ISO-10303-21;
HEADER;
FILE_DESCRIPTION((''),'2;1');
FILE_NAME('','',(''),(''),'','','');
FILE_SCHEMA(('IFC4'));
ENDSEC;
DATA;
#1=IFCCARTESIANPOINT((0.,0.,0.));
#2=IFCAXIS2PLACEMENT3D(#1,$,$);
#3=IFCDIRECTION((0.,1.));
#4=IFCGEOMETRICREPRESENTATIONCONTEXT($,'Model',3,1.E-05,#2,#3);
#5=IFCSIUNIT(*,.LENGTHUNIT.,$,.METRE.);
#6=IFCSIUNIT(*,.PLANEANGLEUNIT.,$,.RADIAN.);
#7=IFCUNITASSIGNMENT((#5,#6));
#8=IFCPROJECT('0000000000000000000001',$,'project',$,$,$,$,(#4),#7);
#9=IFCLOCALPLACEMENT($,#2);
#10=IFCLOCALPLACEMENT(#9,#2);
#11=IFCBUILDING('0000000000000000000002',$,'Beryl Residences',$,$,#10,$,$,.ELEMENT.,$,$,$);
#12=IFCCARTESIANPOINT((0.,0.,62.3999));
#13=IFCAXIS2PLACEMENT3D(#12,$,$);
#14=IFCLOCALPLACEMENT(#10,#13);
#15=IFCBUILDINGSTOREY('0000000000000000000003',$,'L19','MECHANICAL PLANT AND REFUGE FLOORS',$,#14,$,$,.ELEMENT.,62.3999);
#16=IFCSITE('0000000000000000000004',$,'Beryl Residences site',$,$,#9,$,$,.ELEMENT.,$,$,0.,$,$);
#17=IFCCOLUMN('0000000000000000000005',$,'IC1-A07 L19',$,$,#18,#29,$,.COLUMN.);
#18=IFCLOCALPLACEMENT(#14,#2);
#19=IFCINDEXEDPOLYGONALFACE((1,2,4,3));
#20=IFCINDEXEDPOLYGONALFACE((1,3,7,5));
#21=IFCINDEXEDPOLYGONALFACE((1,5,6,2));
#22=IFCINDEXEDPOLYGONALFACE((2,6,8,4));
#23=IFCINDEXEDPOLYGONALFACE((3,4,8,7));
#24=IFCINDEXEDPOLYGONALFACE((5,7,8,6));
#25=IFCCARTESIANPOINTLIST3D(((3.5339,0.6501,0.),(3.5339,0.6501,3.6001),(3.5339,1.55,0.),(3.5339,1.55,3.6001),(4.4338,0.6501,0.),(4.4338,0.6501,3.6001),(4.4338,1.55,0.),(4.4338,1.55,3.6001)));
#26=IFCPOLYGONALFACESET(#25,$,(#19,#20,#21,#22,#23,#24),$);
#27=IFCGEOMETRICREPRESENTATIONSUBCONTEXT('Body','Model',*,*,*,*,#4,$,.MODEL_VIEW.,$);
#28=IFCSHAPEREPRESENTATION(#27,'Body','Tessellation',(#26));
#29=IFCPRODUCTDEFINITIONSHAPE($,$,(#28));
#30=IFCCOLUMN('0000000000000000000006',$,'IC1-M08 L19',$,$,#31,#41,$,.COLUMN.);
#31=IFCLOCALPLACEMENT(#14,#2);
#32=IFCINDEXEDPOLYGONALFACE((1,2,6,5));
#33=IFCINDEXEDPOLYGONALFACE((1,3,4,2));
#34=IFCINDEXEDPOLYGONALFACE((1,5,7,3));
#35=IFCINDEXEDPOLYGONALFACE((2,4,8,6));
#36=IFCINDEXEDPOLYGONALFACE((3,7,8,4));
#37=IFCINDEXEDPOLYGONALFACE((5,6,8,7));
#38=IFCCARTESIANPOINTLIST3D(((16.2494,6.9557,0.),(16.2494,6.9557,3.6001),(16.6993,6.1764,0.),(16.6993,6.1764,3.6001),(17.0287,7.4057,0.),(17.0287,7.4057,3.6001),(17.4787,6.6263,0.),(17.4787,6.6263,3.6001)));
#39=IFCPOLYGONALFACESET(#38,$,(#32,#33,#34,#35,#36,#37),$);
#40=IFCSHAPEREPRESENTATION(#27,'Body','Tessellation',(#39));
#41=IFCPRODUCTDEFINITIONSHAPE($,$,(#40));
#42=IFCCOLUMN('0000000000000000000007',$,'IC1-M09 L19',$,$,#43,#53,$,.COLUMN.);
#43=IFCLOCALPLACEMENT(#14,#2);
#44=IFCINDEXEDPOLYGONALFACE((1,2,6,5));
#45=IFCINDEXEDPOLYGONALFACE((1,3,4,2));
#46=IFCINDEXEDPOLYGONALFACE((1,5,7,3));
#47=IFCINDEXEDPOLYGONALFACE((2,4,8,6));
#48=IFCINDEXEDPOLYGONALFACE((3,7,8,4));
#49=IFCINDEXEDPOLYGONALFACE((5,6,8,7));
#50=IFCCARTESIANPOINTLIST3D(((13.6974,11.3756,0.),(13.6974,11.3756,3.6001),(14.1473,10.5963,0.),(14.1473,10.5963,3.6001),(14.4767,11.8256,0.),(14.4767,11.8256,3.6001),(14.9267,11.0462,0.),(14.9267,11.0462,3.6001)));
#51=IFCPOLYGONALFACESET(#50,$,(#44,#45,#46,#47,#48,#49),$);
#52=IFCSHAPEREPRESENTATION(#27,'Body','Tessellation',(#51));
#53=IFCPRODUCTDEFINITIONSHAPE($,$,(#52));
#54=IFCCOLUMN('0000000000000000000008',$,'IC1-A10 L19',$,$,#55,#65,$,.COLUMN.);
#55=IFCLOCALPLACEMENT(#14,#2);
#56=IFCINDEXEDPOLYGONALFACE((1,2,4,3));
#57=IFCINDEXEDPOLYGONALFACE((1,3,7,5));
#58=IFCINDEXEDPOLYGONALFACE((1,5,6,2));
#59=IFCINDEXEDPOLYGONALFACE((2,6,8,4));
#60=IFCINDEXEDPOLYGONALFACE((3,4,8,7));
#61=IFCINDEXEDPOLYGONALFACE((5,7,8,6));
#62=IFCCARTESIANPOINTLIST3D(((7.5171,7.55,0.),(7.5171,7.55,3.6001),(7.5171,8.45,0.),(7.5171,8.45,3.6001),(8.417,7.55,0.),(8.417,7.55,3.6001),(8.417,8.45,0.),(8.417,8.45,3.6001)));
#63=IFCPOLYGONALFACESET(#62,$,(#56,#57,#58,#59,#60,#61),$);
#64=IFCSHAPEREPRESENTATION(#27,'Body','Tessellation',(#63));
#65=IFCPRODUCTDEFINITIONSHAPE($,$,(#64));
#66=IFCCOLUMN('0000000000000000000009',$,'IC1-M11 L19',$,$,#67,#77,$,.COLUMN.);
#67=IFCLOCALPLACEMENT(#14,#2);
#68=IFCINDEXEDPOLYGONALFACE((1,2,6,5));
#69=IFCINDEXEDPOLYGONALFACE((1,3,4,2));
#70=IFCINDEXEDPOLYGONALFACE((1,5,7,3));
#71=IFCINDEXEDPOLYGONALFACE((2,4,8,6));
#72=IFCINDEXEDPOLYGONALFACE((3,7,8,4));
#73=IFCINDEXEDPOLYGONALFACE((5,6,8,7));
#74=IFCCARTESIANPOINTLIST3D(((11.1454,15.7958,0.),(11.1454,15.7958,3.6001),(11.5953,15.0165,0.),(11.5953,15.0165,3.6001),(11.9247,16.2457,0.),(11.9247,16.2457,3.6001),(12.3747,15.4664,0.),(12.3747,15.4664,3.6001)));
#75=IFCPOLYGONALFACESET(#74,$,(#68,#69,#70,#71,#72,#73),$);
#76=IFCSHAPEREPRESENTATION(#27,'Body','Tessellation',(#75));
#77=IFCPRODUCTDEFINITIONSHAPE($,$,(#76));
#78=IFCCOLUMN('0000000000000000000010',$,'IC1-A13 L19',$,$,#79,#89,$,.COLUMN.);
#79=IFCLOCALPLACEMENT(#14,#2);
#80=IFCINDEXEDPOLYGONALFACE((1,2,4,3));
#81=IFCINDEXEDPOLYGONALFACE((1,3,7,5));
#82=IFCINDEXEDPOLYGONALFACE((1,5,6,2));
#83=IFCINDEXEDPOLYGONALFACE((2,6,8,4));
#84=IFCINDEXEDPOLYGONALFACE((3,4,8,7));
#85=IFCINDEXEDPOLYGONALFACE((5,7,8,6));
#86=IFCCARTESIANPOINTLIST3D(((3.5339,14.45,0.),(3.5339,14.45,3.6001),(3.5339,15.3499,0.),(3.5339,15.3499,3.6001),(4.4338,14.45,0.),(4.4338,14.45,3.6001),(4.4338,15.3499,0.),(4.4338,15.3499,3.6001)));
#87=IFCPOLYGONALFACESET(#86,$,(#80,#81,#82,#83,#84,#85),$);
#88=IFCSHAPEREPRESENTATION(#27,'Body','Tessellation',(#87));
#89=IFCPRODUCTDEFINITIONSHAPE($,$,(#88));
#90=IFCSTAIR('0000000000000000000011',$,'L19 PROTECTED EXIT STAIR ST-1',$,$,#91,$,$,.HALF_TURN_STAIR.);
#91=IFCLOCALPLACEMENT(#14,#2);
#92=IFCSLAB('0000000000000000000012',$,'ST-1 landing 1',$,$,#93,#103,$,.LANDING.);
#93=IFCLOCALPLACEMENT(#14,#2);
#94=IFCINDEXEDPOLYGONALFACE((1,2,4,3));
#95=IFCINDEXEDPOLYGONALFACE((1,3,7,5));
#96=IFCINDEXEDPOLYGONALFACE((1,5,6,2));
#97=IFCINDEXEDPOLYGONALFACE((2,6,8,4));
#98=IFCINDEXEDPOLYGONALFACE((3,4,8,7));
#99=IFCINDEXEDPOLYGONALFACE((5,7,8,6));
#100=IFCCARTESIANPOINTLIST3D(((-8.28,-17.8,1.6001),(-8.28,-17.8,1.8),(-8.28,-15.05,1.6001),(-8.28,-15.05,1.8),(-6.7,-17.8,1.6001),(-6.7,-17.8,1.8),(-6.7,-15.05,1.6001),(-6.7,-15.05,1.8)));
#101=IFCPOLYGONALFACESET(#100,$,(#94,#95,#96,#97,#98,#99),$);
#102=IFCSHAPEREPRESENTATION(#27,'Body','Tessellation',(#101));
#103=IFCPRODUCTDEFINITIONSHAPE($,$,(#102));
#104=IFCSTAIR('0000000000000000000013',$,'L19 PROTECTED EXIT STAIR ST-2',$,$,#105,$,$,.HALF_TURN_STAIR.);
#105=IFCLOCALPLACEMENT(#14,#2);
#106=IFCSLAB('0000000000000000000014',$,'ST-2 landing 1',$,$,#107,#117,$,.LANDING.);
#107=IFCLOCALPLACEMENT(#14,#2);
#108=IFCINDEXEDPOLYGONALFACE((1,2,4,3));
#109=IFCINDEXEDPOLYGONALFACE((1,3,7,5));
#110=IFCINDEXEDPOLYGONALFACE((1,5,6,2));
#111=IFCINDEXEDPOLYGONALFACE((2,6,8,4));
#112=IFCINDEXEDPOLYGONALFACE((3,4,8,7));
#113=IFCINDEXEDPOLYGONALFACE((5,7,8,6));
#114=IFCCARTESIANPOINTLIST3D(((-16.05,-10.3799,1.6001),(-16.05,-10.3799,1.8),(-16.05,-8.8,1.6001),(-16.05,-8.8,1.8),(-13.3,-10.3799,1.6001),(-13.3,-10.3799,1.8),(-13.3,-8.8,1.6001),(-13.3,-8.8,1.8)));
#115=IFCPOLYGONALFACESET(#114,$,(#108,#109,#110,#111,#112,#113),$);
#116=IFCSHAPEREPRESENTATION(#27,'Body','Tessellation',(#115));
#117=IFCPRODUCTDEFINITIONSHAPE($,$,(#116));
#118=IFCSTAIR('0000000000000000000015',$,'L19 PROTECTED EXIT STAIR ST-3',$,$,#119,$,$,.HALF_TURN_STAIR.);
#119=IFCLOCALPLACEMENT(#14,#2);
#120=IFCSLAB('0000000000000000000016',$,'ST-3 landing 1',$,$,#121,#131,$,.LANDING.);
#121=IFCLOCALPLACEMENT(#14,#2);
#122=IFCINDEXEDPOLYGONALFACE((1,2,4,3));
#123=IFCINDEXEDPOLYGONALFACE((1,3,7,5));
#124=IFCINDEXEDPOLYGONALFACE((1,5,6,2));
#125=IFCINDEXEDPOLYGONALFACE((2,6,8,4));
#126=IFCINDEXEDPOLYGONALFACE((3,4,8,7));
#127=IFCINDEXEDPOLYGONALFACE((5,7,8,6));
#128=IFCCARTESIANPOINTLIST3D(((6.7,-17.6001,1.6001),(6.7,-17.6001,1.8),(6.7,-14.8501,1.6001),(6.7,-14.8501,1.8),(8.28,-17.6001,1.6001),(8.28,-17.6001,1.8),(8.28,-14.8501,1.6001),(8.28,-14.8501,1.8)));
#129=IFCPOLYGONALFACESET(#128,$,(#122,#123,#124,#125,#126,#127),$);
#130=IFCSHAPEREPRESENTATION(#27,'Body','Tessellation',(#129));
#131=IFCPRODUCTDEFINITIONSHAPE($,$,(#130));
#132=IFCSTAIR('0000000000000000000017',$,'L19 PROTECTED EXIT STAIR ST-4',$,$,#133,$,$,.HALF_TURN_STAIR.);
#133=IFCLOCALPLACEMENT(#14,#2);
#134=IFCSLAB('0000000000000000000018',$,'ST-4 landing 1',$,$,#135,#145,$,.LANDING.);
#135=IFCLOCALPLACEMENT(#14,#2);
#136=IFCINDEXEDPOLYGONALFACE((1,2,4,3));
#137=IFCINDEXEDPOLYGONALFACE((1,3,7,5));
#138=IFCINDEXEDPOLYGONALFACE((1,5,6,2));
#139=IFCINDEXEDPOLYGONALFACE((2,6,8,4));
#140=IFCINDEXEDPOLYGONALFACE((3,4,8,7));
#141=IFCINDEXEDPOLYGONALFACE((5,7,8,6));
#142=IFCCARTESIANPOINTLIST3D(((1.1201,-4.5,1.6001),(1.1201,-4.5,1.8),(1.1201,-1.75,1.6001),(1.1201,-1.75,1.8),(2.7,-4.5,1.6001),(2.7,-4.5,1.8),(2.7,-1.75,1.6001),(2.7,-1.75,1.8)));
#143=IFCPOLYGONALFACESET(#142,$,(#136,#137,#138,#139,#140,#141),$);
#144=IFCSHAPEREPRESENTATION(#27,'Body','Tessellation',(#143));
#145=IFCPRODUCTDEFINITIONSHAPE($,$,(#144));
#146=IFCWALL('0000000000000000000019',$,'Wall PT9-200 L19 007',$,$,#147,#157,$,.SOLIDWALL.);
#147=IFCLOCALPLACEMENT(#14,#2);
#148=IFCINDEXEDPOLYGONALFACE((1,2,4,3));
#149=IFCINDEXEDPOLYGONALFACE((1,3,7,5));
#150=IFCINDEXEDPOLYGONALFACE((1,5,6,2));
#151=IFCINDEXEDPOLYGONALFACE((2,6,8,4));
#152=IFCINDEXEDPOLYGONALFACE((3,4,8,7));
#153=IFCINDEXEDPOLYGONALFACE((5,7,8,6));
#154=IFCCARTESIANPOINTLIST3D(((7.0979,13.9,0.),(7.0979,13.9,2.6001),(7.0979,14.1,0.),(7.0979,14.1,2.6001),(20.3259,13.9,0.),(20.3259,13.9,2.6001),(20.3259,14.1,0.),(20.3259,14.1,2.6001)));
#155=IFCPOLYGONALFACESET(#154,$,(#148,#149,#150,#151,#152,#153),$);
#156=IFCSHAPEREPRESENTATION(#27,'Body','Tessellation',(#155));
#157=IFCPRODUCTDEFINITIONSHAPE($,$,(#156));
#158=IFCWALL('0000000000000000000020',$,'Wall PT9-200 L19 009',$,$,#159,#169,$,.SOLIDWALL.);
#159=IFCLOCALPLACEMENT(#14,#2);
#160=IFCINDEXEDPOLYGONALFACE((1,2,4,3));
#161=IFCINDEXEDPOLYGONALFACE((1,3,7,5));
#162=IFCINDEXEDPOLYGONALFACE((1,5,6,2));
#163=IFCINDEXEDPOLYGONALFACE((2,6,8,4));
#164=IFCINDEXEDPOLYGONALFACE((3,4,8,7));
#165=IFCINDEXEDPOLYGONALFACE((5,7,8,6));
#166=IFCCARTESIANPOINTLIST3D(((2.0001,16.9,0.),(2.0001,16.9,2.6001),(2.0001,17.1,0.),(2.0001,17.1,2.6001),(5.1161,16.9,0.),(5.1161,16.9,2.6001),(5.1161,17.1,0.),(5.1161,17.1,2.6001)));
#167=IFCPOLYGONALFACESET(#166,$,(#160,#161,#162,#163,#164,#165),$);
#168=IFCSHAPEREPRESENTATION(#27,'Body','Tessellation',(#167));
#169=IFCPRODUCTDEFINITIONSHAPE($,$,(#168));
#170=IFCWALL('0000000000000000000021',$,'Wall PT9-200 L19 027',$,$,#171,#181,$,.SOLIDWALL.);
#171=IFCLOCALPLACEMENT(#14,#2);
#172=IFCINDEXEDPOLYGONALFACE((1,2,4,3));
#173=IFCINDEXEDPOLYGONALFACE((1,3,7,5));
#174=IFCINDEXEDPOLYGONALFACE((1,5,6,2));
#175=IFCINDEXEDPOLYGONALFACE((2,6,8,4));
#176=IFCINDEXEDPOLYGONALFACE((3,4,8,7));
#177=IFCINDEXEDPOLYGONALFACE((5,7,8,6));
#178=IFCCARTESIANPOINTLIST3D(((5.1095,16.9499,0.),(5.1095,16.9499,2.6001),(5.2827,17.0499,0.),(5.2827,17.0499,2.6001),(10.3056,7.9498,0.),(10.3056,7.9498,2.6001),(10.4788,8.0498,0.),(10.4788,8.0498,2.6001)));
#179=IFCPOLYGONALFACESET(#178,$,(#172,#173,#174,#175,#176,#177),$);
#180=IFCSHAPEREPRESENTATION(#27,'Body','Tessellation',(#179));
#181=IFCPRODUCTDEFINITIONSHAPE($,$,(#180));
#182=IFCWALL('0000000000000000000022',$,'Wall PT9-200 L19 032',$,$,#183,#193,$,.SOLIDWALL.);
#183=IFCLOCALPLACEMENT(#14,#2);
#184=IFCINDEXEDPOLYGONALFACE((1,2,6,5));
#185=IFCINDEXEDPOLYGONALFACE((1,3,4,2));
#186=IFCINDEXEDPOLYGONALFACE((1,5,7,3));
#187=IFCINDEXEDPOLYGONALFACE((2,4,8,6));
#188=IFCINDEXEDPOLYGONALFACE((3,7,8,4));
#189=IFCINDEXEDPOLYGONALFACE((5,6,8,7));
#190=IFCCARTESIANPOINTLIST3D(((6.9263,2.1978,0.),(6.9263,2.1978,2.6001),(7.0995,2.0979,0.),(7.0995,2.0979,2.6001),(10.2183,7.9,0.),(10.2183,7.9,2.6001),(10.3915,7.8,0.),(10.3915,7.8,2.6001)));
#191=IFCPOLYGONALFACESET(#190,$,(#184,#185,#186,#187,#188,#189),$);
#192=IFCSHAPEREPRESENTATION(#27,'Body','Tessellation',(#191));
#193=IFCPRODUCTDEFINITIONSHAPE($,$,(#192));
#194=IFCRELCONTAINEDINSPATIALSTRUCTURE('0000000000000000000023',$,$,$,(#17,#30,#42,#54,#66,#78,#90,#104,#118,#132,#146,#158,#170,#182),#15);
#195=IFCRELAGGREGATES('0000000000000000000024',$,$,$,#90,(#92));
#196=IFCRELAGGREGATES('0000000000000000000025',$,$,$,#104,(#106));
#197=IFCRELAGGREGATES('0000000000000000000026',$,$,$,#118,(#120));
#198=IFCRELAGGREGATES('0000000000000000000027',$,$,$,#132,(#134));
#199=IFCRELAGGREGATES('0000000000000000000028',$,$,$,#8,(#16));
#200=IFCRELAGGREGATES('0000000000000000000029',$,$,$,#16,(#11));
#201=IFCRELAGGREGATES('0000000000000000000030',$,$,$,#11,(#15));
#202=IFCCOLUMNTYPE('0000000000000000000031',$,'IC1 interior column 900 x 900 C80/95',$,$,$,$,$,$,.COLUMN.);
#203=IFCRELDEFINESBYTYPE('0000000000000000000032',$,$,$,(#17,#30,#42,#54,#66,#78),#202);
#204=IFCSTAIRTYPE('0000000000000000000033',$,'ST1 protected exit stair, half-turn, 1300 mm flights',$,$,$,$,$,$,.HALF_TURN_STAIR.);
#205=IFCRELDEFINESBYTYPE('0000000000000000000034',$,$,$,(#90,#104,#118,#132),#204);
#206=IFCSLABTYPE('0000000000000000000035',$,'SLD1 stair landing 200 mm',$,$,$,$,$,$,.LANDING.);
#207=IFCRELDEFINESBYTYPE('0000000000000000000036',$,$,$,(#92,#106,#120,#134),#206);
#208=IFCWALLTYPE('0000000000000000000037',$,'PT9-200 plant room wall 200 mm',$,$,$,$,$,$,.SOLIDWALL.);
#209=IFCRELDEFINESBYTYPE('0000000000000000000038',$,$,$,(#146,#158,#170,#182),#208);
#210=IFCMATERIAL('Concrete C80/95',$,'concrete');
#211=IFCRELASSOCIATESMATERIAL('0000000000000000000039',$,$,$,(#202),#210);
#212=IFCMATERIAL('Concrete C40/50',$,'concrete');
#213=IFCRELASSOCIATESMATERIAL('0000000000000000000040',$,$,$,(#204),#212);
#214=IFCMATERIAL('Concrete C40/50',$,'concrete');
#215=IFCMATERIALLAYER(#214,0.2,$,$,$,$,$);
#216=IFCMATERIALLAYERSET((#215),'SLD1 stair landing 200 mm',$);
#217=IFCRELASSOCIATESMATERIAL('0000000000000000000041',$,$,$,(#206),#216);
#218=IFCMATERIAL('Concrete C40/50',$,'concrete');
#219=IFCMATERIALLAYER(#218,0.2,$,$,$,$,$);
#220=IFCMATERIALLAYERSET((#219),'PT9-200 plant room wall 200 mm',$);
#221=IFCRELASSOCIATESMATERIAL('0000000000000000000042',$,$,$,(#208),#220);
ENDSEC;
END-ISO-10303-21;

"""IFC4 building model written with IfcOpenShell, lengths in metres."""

from ifc_helpers import new_model, si_unit, direction, frame, frame_2d, origin, origin_2d, place, context, subcontext, project, spatial, polyline, rectangle, outline, extrude, material, layer, layer_set, material_profile, profile_set, type_object, element, aggregate, save


model = new_model("IFC4")

# Units and contexts
model_context = context("Model", 3, precision=1e-05, world=origin(), true_north=direction((0.0, 1.0)))
body_context = subcontext(model_context, "Body", "Model", "MODEL_VIEW")
ifc_project = project(units=[si_unit("LENGTHUNIT", "METRE"), si_unit("PLANEANGLEUNIT", "RADIAN")], contexts=[model_context])

# Site, building, storey
site_placement = place(None, origin())
site = spatial("IfcSite", under=ifc_project, at=site_placement, Name="Beryl Residences site", CompositionType="ELEMENT", RefElevation=0.0)
building_placement = place(site_placement, origin())
building = spatial("IfcBuilding", under=site, at=building_placement, Name="Beryl Residences", CompositionType="ELEMENT")
storey_placement = place(building_placement, frame((0.0, 0.0, 62.3999)))
storey = spatial("IfcBuildingStorey", under=building, at=storey_placement, Name="L19", Description="MECHANICAL PLANT AND REFUGE FLOORS", CompositionType="ELEMENT", Elevation=62.3999)

# Columns
ifc_material_1 = material(Name="Concrete C80/95", Category="concrete")
ifc_material_profile = material_profile(ifc_material_1, rectangle(XDim=0.8999, YDim=0.8999, at=origin_2d()))
ifc_profile_set = profile_set([ifc_material_profile], Name="Concrete C80/95")
column_type = type_object("IfcColumnType", Name="IC1 interior column 900 x 900 C80/95", PredefinedType="COLUMN", material=ifc_profile_set)
for number, where, z_axis, x_axis, name in (
    (1, (3.9839, 1.1001, 0.0), (0.0, 0.0, 1.0), (1.0, 0.0, 0.0), "IC1-A07 L19"),
    (2, (16.864, 6.791, 0.0), (0.0, 0.0, 1.0), (-0.499985, 0.866034, 0.0), "IC1-M08 L19"),
    (3, (14.312, 11.2109, 0.0), (0.0, 0.0, 1.0), (-0.499985, 0.866034, 0.0), "IC1-M09 L19"),
    (4, (7.967, 8.0, 0.0), (0.0, 0.0, 1.0), (1.0, 0.0, 0.0), "IC1-A10 L19"),
    (5, (11.76, 15.6311, 0.0), (0.0, 0.0, 1.0), (-0.499985, 0.866034, 0.0), "IC1-M11 L19"),
    (6, (3.9839, 14.8999, 0.0), (0.0, 0.0, 1.0), (1.0, 0.0, 0.0), "IC1-A13 L19"),
):
    element("IfcColumn", number, at=place(storey_placement, frame(where, z_axis=z_axis, x_axis=x_axis)), inside=storey, type_object=column_type, Name=name, PredefinedType="COLUMN", context=body_context, shape_type="SweptSolid", body=[
        extrude(rectangle(XDim=0.8999, YDim=0.8999, at=origin_2d()), origin(), (0.0, 0.0, 1.0), 3.6001),
    ])

# Stairs, slabs
ifc_material_2 = material(Name="Concrete C40/50", Category="concrete")
stair_type = type_object("IfcStairType", Name="ST1 protected exit stair, half-turn, 1300 mm flights", PredefinedType="HALF_TURN_STAIR", material=ifc_material_2)
stair_1_placement = place(storey_placement, origin())
stair_1 = element("IfcStair", 7, at=stair_1_placement, inside=storey, type_object=stair_type, Name="L19 PROTECTED EXIT STAIR ST-1", PredefinedType="HALF_TURN_STAIR")
ifc_material_3 = material(Name="Concrete C40/50", Category="concrete")
ifc_layer_1 = layer(ifc_material_3, 0.2)
ifc_layer_set_1 = layer_set([ifc_layer_1], Name="SLD1 stair landing 200 mm")
slab_type_1 = type_object("IfcSlabType", Name="SLD1 stair landing 200 mm", PredefinedType="LANDING", material=ifc_layer_set_1)
slab_1_placement = place(storey_placement, frame((0.0, 0.0, 1.6001)))
slab_1 = element("IfcSlab", 8, at=slab_1_placement, type_object=slab_type_1, Name="ST-1 landing 1", PredefinedType="LANDING", context=body_context, shape_type="SweptSolid", body=[
    extrude(outline(polyline([(-8.28, -17.8), (-6.7, -17.8), (-6.7, -15.05), (-8.28, -15.05), (-8.28, -17.8)])), origin(), (0.0, 0.0, 1.0), 0.2),
])
aggregate(stair_1, [slab_1])
stair_2_placement = place(storey_placement, origin())
stair_2 = element("IfcStair", 9, at=stair_2_placement, inside=storey, type_object=stair_type, Name="L19 PROTECTED EXIT STAIR ST-2", PredefinedType="HALF_TURN_STAIR")
slab_2_placement = place(storey_placement, frame((0.0, 0.0, 1.6001)))
slab_2 = element("IfcSlab", 10, at=slab_2_placement, type_object=slab_type_1, Name="ST-2 landing 1", PredefinedType="LANDING", context=body_context, shape_type="SweptSolid", body=[
    extrude(outline(polyline([(-13.3, -10.3799), (-13.3, -8.8), (-16.05, -8.8), (-16.05, -10.3799), (-13.3, -10.3799)])), origin(), (0.0, 0.0, 1.0), 0.2),
])
aggregate(stair_2, [slab_2])
stair_3_placement = place(storey_placement, origin())
stair_3 = element("IfcStair", 11, at=stair_3_placement, inside=storey, type_object=stair_type, Name="L19 PROTECTED EXIT STAIR ST-3", PredefinedType="HALF_TURN_STAIR")
slab_3_placement = place(storey_placement, frame((0.0, 0.0, 1.6001)))
slab_3 = element("IfcSlab", 12, at=slab_3_placement, type_object=slab_type_1, Name="ST-3 landing 1", PredefinedType="LANDING", context=body_context, shape_type="SweptSolid", body=[
    extrude(outline(polyline([(8.28, -14.8501), (6.7, -14.8501), (6.7, -17.6001), (8.28, -17.6001), (8.28, -14.8501)])), origin(), (0.0, 0.0, 1.0), 0.2),
])
aggregate(stair_3, [slab_3])
stair_4_placement = place(storey_placement, origin())
stair_4 = element("IfcStair", 13, at=stair_4_placement, inside=storey, type_object=stair_type, Name="L19 PROTECTED EXIT STAIR ST-4", PredefinedType="HALF_TURN_STAIR")
slab_4_placement = place(storey_placement, frame((0.0, 0.0, 1.6001)))
slab_4 = element("IfcSlab", 14, at=slab_4_placement, type_object=slab_type_1, Name="ST-4 landing 1", PredefinedType="LANDING", context=body_context, shape_type="SweptSolid", body=[
    extrude(outline(polyline([(1.1201, -4.5), (2.7, -4.5), (2.7, -1.75), (1.1201, -1.75), (1.1201, -4.5)])), origin(), (0.0, 0.0, 1.0), 0.2),
])
aggregate(stair_4, [slab_4])

# Walls
ifc_material_4 = material(Name="Concrete C40/50", Category="concrete")
ifc_layer_2 = layer(ifc_material_4, 0.2)
ifc_layer_set_2 = layer_set([ifc_layer_2], Name="PT9-200 plant room wall 200 mm")
wall_type = type_object("IfcWallType", Name="PT9-200 plant room wall 200 mm", PredefinedType="SOLIDWALL", material=ifc_layer_set_2)
wall_1_placement = place(storey_placement, frame((7.0979, 14.0, 0.0), z_axis=(0.0, 0.0, 1.0), x_axis=(1.0, 0.0, 0.0)))
element("IfcWall", 15, at=wall_1_placement, inside=storey, type_object=wall_type, Name="Wall PT9-200 L19 007", PredefinedType="SOLIDWALL", context=body_context, shape_type="SweptSolid", body=[
    extrude(rectangle(XDim=13.228, YDim=0.2, at=frame_2d((6.614, 0.0))), origin(), (0.0, 0.0, 1.0), 2.6001),
])
wall_2_placement = place(storey_placement, frame((2.0, 17.0, 0.0), z_axis=(0.0, 0.0, 1.0), x_axis=(1.0, 0.0, 0.0)))
element("IfcWall", 16, at=wall_2_placement, inside=storey, type_object=wall_type, Name="Wall PT9-200 L19 009", PredefinedType="SOLIDWALL", context=body_context, shape_type="SweptSolid", body=[
    extrude(rectangle(XDim=3.116, YDim=0.2, at=frame_2d((1.5581, 0.0))), origin(), (0.0, 0.0, 1.0), 2.6001),
])
wall_3_placement = place(storey_placement, frame((5.196, 17.0, 0.0), z_axis=(0.0, 0.0, 1.0), x_axis=(0.499992, -0.86603, 0.0)))
element("IfcWall", 17, at=wall_3_placement, inside=storey, type_object=wall_type, Name="Wall PT9-200 L19 027", PredefinedType="SOLIDWALL", context=body_context, shape_type="SweptSolid", body=[
    extrude(rectangle(XDim=10.3923, YDim=0.2, at=frame_2d((5.1963, 0.0))), origin(), (0.0, 0.0, 1.0), 2.6001),
])
wall_4_placement = place(storey_placement, frame((7.0129, 2.1479, 0.0), z_axis=(0.0, 0.0, 1.0), x_axis=(0.499984, 0.866035, 0.0)))
element("IfcWall", 18, at=wall_4_placement, inside=storey, type_object=wall_type, Name="Wall PT9-200 L19 032", PredefinedType="SOLIDWALL", context=body_context, shape_type="SweptSolid", body=[
    extrude(rectangle(XDim=6.5842, YDim=0.2, at=frame_2d((3.292, 0.0))), origin(), (0.0, 0.0, 1.0), 2.6001),
])

save(model, "model.ifc")
